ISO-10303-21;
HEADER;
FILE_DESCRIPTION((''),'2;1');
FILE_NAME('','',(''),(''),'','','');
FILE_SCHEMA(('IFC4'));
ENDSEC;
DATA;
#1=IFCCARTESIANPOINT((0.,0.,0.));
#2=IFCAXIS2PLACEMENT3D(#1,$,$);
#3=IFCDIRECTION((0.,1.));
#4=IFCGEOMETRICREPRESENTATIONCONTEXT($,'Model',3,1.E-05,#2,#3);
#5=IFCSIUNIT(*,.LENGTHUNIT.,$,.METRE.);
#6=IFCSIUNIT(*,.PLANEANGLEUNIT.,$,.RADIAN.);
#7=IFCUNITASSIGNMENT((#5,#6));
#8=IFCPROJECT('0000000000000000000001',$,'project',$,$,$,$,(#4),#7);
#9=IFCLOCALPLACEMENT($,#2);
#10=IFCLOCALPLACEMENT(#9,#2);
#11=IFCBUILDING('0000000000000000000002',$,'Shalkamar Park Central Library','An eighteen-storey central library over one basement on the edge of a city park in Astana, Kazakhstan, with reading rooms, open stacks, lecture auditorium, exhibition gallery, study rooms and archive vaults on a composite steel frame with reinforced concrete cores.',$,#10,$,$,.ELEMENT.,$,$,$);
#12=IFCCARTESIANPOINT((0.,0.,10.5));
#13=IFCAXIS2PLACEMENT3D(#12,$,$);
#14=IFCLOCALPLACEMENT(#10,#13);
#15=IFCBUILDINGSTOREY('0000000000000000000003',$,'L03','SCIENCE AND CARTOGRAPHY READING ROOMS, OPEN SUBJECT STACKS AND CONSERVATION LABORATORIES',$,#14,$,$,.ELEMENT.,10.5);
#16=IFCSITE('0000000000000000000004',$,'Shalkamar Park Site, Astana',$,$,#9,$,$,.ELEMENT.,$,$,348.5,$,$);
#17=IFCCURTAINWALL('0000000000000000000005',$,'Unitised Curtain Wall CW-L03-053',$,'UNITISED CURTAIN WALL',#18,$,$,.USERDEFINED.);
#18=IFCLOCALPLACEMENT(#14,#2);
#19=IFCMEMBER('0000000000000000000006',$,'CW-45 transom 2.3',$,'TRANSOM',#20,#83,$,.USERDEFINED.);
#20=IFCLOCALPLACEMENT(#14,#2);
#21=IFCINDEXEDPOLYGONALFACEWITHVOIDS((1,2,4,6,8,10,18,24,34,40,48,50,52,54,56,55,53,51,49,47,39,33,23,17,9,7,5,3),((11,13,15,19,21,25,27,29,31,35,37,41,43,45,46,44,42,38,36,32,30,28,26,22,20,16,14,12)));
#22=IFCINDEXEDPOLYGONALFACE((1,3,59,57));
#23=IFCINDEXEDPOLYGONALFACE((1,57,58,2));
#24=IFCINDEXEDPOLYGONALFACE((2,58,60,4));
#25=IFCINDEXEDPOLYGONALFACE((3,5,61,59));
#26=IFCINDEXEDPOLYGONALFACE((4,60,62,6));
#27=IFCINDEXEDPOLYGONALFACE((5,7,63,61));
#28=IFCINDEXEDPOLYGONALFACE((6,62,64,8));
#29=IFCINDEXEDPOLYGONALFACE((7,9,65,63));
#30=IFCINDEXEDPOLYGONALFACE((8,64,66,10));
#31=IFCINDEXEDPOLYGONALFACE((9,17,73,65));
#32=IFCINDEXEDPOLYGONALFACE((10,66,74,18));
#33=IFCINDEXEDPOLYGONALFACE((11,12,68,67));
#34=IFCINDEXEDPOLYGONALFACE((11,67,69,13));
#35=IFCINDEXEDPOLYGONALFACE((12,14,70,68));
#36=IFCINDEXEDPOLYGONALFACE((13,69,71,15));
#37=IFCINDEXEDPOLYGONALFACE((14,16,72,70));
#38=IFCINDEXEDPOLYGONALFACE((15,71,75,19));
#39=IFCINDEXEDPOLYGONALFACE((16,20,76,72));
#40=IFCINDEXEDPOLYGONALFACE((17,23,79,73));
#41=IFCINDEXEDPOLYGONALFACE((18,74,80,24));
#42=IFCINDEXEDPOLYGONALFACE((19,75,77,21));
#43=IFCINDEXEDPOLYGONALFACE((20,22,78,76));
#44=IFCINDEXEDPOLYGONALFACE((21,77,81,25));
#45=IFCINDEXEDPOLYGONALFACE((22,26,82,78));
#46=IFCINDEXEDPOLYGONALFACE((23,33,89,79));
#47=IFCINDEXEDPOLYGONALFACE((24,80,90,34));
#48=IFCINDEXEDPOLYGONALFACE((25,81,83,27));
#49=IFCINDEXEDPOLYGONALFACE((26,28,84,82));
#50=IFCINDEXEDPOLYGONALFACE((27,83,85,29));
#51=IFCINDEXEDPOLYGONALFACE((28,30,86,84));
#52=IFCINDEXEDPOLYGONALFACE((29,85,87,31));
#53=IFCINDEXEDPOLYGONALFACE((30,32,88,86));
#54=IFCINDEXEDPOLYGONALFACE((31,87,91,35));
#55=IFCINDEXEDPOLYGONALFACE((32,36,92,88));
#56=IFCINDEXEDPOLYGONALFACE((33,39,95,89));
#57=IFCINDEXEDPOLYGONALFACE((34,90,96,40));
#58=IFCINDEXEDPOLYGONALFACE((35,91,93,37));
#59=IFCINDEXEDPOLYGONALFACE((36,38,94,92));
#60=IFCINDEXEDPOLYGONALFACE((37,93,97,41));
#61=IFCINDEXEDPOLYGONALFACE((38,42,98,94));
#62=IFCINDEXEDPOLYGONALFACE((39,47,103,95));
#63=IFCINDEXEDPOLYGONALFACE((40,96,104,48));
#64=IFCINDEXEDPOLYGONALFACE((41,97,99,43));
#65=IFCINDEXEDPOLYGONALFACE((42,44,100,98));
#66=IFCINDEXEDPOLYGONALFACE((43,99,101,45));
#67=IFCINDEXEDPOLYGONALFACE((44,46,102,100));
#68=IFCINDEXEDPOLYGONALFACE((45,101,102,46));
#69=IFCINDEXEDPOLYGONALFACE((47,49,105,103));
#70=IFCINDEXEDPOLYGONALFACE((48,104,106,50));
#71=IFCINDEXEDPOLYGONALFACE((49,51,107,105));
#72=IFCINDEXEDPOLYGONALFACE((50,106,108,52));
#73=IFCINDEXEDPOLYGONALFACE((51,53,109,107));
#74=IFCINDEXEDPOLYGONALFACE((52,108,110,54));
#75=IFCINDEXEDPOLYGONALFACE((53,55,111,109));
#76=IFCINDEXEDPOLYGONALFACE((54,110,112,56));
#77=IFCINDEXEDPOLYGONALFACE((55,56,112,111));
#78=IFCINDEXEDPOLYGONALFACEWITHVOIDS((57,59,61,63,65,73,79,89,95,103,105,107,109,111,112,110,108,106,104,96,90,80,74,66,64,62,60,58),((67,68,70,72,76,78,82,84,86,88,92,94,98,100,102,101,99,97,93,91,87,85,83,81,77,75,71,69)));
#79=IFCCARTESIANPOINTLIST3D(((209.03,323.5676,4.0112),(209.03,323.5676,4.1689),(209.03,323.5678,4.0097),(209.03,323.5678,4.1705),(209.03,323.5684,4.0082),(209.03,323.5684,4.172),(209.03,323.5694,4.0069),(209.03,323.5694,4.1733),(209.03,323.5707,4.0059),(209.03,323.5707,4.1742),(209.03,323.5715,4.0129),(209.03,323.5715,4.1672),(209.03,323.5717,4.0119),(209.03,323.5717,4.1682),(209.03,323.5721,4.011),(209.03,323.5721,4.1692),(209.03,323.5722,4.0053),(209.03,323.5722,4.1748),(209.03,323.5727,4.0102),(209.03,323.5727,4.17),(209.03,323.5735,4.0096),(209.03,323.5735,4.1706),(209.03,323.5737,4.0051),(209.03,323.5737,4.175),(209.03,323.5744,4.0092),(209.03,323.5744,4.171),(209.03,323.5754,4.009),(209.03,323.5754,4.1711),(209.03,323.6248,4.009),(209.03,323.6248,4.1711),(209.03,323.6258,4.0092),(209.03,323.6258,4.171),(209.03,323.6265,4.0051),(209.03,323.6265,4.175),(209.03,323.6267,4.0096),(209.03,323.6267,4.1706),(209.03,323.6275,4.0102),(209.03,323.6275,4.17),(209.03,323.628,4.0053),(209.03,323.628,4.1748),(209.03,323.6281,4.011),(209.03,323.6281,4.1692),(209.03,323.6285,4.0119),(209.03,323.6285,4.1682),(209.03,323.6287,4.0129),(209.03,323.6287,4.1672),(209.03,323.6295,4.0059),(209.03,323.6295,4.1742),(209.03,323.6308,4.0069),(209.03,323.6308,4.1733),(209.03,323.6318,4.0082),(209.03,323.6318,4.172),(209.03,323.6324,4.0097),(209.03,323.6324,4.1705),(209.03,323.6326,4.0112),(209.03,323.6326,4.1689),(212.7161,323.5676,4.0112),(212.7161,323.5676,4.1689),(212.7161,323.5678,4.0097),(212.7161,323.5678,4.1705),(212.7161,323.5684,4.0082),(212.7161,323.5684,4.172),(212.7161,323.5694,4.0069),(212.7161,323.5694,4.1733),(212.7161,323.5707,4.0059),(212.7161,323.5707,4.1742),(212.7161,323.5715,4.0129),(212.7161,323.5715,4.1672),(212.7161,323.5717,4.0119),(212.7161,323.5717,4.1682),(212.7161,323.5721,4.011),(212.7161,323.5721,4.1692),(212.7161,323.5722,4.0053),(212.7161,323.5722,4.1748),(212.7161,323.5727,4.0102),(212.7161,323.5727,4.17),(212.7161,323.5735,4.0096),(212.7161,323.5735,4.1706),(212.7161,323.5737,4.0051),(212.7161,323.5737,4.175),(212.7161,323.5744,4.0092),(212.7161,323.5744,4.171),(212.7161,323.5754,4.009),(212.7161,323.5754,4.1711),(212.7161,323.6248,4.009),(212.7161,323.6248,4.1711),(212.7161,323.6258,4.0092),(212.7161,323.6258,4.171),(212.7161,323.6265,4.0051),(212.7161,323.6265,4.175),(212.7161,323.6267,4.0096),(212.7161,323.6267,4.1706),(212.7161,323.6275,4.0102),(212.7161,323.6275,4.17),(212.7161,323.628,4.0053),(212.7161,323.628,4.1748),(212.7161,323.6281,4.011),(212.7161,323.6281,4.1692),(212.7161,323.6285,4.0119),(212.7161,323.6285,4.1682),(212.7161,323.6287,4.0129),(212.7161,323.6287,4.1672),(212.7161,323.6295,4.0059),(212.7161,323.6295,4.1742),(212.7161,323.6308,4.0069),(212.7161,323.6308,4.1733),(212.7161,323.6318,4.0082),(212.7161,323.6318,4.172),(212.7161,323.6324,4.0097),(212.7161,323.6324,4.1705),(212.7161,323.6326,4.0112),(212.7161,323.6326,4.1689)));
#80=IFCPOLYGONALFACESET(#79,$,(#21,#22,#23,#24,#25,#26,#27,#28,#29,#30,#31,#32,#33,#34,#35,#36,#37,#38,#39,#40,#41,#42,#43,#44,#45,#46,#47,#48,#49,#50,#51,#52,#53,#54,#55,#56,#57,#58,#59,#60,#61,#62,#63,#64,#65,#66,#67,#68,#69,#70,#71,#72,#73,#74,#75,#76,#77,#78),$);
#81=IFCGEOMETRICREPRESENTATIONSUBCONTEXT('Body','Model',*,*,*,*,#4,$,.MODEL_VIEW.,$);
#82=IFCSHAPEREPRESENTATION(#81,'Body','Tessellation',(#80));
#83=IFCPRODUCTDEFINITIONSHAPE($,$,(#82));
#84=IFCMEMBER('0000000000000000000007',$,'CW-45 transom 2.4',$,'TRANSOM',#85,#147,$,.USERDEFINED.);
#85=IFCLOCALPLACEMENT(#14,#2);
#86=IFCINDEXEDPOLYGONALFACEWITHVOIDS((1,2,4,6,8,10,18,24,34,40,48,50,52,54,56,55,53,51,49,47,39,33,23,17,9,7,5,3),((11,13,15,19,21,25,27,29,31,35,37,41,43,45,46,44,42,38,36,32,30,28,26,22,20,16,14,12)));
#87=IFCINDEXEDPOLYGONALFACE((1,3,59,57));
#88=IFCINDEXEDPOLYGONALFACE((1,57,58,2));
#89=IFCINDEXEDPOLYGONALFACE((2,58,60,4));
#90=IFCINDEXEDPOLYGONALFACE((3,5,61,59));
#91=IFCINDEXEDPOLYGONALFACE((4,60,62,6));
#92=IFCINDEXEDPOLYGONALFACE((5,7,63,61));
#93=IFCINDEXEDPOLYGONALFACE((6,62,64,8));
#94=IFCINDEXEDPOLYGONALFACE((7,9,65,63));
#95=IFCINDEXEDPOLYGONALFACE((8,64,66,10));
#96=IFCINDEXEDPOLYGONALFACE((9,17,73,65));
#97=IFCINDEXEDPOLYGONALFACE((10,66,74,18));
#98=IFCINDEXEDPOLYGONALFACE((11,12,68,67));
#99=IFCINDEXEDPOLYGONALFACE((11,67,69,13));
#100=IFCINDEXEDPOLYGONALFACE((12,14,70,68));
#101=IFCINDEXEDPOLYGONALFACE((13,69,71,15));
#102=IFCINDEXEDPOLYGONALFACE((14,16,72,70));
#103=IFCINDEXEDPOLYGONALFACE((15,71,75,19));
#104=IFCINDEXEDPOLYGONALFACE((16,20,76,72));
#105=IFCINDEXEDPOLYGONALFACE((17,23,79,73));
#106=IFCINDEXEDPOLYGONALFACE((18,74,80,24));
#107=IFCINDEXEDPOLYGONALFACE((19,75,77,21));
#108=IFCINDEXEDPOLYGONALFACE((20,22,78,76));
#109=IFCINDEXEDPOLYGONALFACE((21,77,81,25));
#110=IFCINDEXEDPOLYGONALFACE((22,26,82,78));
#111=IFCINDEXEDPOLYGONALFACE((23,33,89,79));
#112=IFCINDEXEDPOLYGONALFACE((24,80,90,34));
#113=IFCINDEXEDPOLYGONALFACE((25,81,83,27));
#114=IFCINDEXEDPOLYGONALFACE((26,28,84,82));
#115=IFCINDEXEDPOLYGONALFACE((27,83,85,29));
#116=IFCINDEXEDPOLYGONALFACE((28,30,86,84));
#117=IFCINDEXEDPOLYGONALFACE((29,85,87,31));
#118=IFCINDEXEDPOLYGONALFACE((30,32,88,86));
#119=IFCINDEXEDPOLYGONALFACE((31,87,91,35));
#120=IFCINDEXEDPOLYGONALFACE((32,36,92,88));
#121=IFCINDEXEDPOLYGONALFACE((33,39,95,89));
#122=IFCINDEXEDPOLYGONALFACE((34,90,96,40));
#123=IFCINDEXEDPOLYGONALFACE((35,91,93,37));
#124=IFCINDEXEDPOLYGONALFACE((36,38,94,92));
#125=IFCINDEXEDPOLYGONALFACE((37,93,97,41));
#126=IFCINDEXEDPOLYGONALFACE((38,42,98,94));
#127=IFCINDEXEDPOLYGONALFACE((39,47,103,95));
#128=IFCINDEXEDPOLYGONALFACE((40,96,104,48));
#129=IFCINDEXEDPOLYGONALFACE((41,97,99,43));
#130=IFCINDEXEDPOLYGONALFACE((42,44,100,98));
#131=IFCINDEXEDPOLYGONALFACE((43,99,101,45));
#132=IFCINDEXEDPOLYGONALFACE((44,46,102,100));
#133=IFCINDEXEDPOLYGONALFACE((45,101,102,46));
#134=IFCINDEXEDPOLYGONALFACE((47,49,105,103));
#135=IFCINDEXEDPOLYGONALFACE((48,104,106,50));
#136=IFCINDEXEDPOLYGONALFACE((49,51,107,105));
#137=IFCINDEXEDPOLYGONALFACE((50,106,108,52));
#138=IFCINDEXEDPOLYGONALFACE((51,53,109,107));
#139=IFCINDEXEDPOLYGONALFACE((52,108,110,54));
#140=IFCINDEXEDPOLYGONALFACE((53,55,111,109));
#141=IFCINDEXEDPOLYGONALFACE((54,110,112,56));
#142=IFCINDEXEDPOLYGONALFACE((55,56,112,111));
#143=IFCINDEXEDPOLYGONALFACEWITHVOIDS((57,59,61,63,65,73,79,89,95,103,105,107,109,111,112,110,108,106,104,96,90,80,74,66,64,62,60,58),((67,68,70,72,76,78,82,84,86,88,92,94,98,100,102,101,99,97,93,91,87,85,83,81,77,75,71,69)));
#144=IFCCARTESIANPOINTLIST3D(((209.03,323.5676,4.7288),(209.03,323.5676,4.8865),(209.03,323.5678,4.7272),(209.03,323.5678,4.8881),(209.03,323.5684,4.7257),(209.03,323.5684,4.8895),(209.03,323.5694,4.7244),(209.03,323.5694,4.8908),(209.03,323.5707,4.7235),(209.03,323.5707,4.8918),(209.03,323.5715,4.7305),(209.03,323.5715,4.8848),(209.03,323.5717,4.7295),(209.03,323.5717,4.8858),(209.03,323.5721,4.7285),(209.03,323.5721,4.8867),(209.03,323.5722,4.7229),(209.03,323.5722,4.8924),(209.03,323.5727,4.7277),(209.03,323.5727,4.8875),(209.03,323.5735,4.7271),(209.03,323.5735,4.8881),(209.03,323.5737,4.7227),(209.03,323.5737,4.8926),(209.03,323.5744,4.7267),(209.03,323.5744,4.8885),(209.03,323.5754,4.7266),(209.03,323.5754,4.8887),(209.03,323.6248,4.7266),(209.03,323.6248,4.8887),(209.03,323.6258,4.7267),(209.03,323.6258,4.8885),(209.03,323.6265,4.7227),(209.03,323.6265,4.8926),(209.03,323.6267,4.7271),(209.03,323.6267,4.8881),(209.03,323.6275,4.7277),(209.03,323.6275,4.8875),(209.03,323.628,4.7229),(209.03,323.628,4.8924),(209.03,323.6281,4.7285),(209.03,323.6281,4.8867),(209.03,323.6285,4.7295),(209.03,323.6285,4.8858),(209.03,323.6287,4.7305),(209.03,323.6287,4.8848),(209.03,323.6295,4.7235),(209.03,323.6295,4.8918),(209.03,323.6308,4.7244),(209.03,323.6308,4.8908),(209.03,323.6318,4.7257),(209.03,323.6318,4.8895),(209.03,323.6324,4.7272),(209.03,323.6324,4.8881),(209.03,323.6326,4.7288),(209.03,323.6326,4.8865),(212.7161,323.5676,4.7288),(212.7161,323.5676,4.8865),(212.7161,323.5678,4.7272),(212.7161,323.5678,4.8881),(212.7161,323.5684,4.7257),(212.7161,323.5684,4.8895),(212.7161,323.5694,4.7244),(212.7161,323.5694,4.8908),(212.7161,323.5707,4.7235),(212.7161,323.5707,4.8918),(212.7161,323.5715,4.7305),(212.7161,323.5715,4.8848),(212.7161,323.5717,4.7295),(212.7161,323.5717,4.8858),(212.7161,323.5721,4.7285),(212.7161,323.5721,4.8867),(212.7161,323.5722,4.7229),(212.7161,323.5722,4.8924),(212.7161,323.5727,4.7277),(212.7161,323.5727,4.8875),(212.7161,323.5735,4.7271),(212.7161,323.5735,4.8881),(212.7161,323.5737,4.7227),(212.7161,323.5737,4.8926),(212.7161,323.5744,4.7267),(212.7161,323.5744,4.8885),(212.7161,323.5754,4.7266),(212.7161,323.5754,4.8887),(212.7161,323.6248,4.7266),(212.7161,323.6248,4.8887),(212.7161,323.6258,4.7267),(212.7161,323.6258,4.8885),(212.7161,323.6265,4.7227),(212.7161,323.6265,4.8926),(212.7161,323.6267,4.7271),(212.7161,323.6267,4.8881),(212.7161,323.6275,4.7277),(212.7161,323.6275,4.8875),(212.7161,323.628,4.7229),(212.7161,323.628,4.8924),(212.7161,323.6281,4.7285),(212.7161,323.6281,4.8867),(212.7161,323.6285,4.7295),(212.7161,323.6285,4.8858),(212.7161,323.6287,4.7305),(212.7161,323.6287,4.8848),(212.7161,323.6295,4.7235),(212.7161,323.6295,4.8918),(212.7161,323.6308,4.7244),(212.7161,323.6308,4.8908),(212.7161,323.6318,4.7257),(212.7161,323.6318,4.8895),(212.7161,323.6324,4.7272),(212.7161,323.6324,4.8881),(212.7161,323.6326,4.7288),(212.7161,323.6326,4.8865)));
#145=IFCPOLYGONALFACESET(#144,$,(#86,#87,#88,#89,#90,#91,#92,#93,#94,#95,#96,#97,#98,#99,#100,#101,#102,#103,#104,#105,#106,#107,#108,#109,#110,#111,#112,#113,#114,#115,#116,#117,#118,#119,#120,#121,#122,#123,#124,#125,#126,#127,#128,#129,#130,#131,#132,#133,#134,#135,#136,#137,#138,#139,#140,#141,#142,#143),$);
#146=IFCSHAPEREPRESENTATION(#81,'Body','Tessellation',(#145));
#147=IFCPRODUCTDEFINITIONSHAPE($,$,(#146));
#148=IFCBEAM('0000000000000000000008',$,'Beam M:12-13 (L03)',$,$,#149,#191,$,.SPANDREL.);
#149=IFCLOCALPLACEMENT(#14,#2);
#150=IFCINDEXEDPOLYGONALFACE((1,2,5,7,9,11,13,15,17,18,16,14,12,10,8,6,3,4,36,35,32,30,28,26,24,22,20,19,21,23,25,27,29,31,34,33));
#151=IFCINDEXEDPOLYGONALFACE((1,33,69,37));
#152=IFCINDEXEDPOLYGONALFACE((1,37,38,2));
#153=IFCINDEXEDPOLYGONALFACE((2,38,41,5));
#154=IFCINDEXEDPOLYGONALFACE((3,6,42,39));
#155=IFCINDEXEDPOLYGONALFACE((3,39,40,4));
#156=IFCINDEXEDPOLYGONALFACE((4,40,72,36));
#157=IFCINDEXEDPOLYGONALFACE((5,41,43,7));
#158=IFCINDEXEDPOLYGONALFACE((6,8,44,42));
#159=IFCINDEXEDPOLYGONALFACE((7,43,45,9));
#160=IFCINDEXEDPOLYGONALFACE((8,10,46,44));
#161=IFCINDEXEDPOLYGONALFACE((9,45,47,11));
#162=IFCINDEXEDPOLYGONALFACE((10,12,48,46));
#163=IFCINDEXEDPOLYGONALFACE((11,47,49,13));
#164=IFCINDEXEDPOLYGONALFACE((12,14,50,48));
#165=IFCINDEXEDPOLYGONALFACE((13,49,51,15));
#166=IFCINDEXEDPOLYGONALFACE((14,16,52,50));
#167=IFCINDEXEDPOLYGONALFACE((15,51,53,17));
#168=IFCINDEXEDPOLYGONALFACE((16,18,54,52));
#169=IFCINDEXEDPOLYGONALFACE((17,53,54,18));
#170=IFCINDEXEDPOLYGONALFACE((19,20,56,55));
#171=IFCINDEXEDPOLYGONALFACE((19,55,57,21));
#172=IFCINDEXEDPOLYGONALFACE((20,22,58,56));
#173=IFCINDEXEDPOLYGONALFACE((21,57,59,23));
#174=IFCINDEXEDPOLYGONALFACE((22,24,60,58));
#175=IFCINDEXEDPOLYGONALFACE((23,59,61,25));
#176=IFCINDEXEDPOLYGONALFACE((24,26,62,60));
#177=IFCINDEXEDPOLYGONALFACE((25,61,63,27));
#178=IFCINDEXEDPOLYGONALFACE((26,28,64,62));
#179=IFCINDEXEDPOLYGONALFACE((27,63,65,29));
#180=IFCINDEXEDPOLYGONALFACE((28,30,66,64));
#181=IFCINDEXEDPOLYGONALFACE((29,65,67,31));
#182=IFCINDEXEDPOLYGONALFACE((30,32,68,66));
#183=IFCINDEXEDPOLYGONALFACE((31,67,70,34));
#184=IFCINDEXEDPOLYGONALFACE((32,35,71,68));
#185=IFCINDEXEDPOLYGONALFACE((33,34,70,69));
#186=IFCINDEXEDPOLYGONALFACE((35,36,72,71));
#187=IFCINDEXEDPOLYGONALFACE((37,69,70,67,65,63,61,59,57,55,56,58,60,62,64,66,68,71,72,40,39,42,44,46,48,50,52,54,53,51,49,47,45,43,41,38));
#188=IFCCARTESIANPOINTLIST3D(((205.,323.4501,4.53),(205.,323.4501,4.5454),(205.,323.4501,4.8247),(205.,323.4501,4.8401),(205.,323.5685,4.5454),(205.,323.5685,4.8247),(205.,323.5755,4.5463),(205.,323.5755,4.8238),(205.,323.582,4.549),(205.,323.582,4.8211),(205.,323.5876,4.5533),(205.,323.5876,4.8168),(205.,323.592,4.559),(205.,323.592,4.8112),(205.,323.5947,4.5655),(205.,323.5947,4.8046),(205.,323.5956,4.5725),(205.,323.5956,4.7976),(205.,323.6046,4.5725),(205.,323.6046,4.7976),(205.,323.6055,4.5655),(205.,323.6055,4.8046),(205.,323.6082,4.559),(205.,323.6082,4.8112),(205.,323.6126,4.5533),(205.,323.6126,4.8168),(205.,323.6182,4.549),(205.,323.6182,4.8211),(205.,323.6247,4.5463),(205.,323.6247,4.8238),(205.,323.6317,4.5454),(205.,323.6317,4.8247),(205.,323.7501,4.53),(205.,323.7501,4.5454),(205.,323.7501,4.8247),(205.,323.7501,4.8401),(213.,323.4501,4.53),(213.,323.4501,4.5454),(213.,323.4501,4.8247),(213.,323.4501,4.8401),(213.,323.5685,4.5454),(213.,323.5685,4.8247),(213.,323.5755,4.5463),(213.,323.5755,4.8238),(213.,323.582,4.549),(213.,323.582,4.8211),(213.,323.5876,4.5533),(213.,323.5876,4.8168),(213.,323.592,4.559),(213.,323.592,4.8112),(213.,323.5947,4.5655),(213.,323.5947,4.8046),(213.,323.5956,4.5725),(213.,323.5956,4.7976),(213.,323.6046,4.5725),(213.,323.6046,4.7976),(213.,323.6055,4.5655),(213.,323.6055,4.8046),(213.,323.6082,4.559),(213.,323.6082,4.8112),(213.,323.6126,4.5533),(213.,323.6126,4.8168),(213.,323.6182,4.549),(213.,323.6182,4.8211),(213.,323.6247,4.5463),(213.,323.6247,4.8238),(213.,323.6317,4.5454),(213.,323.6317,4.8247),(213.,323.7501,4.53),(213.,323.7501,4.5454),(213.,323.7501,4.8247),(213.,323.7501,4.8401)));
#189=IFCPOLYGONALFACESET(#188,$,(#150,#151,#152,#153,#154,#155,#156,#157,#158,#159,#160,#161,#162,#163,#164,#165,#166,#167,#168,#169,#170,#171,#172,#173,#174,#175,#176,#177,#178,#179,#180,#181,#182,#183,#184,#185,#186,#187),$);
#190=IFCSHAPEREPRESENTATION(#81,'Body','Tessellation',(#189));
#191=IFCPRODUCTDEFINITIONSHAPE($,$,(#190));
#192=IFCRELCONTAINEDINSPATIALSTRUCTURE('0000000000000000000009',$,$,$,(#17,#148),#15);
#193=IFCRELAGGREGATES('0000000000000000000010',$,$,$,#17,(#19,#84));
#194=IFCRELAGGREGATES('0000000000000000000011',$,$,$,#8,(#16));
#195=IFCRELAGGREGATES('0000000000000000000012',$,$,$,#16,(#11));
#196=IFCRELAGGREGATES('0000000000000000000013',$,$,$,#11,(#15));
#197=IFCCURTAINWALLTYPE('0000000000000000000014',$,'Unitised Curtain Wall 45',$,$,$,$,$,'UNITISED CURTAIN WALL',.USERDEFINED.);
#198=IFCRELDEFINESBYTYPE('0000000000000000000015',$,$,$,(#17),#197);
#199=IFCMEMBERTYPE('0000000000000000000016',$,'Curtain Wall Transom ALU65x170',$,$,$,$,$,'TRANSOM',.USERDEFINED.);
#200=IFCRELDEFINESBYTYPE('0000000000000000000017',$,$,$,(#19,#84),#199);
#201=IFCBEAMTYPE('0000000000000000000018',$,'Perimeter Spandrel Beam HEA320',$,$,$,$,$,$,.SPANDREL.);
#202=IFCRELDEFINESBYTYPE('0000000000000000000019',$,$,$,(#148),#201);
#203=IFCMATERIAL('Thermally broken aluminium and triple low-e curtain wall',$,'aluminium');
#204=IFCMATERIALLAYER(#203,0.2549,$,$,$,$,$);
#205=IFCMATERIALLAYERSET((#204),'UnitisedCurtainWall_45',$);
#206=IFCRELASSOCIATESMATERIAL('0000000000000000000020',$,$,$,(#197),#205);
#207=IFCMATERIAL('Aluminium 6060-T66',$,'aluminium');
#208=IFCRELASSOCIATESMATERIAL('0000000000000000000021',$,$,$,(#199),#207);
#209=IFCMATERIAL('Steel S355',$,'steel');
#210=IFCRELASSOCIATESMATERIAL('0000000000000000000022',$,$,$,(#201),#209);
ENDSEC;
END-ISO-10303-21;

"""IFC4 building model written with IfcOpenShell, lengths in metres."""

from ifc_helpers import new_model, si_unit, direction, frame, origin, origin_2d, place, context, subcontext, project, spatial, hollow_rectangle, i_section, extrude, material, layer, layer_set, material_profile, profile_set, type_object, element, aggregate, save


model = new_model("IFC4")

# Units and contexts
model_context = context("Model", 3, precision=1e-05, world=origin(), true_north=direction((0.0, 1.0)))
body_context = subcontext(model_context, "Body", "Model", "MODEL_VIEW")
ifc_project = project(units=[si_unit("LENGTHUNIT", "METRE"), si_unit("PLANEANGLEUNIT", "RADIAN")], contexts=[model_context])

# Site, building, storey
site_placement = place(None, origin())
site = spatial("IfcSite", under=ifc_project, at=site_placement, Name="Shalkamar Park Site, Astana", CompositionType="ELEMENT", RefElevation=348.5)
building_placement = place(site_placement, origin())
building = spatial("IfcBuilding", under=site, at=building_placement, Name="Shalkamar Park Central Library", Description="An eighteen-storey central library over one basement on the edge of a city park in Astana, Kazakhstan, with reading rooms, open stacks, lecture auditorium, exhibition gallery, study rooms and archive vaults on a composite steel frame with reinforced concrete cores.", CompositionType="ELEMENT")
storey_placement = place(building_placement, frame((0.0, 0.0, 10.5)))
storey = spatial("IfcBuildingStorey", under=building, at=storey_placement, Name="L03", Description="SCIENCE AND CARTOGRAPHY READING ROOMS, OPEN SUBJECT STACKS AND CONSERVATION LABORATORIES", CompositionType="ELEMENT", Elevation=10.5)

# Shared definitions
ifc_material_1 = material(Name="Steel S355", Category="steel")

# Shared definitions
ifc_material_2 = material(Name="Thermally broken aluminium and triple low-e curtain wall", Category="aluminium")
ifc_material_3 = material(Name="Aluminium 6060-T66", Category="aluminium")

# Curtain wall, members
ifc_layer_1 = layer(ifc_material_2, 0.2549)
ifc_layer_set_1 = layer_set([ifc_layer_1], Name="UnitisedCurtainWall_45")
curtain_wall_type_1 = type_object("IfcCurtainWallType", Name="Unitised Curtain Wall 45", ElementType="UNITISED CURTAIN WALL", PredefinedType="USERDEFINED", material=ifc_layer_set_1)
curtain_wall_1_placement = place(storey_placement, origin())
curtain_wall_1 = element("IfcCurtainWall", 1, at=curtain_wall_1_placement, inside=storey, type_object=curtain_wall_type_1, Name="Unitised Curtain Wall CW-L03-053", ObjectType="UNITISED CURTAIN WALL", PredefinedType="USERDEFINED")
ifc_material_profile_1 = material_profile(ifc_material_3, hollow_rectangle(XDim=0.0649, YDim=0.1699, WallThickness=0.0039, InnerFilletRadius=0.0039, OuterFilletRadius=0.0061, at=origin_2d()), Name="ALU 65x170x4")
ifc_profile_set_1 = profile_set([ifc_material_profile_1], Name="Aluminium 6060-T66")
member_type_1 = type_object("IfcMemberType", Name="Curtain Wall Transom ALU65x170", ElementType="TRANSOM", PredefinedType="USERDEFINED", material=ifc_profile_set_1)
member_1_placement = place(storey_placement, frame((209.03, 323.6001, 4.0901), z_axis=(1.0, 0.0, 0.0), x_axis=(0.0, 1.0, 0.0)))
member_1 = element("IfcMember", 2, at=member_1_placement, type_object=member_type_1, Name="CW-45 transom 2.3", ObjectType="TRANSOM", PredefinedType="USERDEFINED", context=body_context, shape_type="SweptSolid", body=[
    extrude(hollow_rectangle(XDim=0.0649, YDim=0.1699, WallThickness=0.0039, InnerFilletRadius=0.0039, OuterFilletRadius=0.0061, at=origin_2d()), origin(), (0.0, 0.0, 1.0), 3.686),
])
member_2_placement = place(storey_placement, frame((209.03, 323.6001, 4.8076), z_axis=(1.0, 0.0, 0.0), x_axis=(0.0, 1.0, 0.0)))
member_2 = element("IfcMember", 3, at=member_2_placement, type_object=member_type_1, Name="CW-45 transom 2.4", ObjectType="TRANSOM", PredefinedType="USERDEFINED", context=body_context, shape_type="SweptSolid", body=[
    extrude(hollow_rectangle(XDim=0.0649, YDim=0.1699, WallThickness=0.0039, InnerFilletRadius=0.0039, OuterFilletRadius=0.0061, at=origin_2d()), origin(), (0.0, 0.0, 1.0), 3.686),
])

# Beam
ifc_material_profile_2 = material_profile(ifc_material_1, i_section(OverallWidth=0.3, OverallDepth=0.3101, WebThickness=0.009, FlangeThickness=0.0154, FilletRadius=0.0271, at=origin_2d()), Name="HEA 320")
ifc_profile_set_2 = profile_set([ifc_material_profile_2], Name="Steel S355")
beam_type_1 = type_object("IfcBeamType", Name="Perimeter Spandrel Beam HEA320", PredefinedType="SPANDREL", material=ifc_profile_set_2)
beam_1_placement = place(storey_placement, frame((205.0, 323.6001, 4.6851), z_axis=(1.0, 0.0, 0.0), x_axis=(0.0, 1.0, 0.0)))
element("IfcBeam", 4, at=beam_1_placement, inside=storey, type_object=beam_type_1, Name="Beam M:12-13 (L03)", PredefinedType="SPANDREL", context=body_context, shape_type="SweptSolid", body=[
    extrude(i_section(OverallWidth=0.3, OverallDepth=0.3101, WebThickness=0.009, FlangeThickness=0.0154, FilletRadius=0.0271, at=origin_2d()), origin(), (0.0, 0.0, 1.0), 8.0),
])

aggregate(curtain_wall_1, [member_1, member_2])

save(model, "model.ifc")
